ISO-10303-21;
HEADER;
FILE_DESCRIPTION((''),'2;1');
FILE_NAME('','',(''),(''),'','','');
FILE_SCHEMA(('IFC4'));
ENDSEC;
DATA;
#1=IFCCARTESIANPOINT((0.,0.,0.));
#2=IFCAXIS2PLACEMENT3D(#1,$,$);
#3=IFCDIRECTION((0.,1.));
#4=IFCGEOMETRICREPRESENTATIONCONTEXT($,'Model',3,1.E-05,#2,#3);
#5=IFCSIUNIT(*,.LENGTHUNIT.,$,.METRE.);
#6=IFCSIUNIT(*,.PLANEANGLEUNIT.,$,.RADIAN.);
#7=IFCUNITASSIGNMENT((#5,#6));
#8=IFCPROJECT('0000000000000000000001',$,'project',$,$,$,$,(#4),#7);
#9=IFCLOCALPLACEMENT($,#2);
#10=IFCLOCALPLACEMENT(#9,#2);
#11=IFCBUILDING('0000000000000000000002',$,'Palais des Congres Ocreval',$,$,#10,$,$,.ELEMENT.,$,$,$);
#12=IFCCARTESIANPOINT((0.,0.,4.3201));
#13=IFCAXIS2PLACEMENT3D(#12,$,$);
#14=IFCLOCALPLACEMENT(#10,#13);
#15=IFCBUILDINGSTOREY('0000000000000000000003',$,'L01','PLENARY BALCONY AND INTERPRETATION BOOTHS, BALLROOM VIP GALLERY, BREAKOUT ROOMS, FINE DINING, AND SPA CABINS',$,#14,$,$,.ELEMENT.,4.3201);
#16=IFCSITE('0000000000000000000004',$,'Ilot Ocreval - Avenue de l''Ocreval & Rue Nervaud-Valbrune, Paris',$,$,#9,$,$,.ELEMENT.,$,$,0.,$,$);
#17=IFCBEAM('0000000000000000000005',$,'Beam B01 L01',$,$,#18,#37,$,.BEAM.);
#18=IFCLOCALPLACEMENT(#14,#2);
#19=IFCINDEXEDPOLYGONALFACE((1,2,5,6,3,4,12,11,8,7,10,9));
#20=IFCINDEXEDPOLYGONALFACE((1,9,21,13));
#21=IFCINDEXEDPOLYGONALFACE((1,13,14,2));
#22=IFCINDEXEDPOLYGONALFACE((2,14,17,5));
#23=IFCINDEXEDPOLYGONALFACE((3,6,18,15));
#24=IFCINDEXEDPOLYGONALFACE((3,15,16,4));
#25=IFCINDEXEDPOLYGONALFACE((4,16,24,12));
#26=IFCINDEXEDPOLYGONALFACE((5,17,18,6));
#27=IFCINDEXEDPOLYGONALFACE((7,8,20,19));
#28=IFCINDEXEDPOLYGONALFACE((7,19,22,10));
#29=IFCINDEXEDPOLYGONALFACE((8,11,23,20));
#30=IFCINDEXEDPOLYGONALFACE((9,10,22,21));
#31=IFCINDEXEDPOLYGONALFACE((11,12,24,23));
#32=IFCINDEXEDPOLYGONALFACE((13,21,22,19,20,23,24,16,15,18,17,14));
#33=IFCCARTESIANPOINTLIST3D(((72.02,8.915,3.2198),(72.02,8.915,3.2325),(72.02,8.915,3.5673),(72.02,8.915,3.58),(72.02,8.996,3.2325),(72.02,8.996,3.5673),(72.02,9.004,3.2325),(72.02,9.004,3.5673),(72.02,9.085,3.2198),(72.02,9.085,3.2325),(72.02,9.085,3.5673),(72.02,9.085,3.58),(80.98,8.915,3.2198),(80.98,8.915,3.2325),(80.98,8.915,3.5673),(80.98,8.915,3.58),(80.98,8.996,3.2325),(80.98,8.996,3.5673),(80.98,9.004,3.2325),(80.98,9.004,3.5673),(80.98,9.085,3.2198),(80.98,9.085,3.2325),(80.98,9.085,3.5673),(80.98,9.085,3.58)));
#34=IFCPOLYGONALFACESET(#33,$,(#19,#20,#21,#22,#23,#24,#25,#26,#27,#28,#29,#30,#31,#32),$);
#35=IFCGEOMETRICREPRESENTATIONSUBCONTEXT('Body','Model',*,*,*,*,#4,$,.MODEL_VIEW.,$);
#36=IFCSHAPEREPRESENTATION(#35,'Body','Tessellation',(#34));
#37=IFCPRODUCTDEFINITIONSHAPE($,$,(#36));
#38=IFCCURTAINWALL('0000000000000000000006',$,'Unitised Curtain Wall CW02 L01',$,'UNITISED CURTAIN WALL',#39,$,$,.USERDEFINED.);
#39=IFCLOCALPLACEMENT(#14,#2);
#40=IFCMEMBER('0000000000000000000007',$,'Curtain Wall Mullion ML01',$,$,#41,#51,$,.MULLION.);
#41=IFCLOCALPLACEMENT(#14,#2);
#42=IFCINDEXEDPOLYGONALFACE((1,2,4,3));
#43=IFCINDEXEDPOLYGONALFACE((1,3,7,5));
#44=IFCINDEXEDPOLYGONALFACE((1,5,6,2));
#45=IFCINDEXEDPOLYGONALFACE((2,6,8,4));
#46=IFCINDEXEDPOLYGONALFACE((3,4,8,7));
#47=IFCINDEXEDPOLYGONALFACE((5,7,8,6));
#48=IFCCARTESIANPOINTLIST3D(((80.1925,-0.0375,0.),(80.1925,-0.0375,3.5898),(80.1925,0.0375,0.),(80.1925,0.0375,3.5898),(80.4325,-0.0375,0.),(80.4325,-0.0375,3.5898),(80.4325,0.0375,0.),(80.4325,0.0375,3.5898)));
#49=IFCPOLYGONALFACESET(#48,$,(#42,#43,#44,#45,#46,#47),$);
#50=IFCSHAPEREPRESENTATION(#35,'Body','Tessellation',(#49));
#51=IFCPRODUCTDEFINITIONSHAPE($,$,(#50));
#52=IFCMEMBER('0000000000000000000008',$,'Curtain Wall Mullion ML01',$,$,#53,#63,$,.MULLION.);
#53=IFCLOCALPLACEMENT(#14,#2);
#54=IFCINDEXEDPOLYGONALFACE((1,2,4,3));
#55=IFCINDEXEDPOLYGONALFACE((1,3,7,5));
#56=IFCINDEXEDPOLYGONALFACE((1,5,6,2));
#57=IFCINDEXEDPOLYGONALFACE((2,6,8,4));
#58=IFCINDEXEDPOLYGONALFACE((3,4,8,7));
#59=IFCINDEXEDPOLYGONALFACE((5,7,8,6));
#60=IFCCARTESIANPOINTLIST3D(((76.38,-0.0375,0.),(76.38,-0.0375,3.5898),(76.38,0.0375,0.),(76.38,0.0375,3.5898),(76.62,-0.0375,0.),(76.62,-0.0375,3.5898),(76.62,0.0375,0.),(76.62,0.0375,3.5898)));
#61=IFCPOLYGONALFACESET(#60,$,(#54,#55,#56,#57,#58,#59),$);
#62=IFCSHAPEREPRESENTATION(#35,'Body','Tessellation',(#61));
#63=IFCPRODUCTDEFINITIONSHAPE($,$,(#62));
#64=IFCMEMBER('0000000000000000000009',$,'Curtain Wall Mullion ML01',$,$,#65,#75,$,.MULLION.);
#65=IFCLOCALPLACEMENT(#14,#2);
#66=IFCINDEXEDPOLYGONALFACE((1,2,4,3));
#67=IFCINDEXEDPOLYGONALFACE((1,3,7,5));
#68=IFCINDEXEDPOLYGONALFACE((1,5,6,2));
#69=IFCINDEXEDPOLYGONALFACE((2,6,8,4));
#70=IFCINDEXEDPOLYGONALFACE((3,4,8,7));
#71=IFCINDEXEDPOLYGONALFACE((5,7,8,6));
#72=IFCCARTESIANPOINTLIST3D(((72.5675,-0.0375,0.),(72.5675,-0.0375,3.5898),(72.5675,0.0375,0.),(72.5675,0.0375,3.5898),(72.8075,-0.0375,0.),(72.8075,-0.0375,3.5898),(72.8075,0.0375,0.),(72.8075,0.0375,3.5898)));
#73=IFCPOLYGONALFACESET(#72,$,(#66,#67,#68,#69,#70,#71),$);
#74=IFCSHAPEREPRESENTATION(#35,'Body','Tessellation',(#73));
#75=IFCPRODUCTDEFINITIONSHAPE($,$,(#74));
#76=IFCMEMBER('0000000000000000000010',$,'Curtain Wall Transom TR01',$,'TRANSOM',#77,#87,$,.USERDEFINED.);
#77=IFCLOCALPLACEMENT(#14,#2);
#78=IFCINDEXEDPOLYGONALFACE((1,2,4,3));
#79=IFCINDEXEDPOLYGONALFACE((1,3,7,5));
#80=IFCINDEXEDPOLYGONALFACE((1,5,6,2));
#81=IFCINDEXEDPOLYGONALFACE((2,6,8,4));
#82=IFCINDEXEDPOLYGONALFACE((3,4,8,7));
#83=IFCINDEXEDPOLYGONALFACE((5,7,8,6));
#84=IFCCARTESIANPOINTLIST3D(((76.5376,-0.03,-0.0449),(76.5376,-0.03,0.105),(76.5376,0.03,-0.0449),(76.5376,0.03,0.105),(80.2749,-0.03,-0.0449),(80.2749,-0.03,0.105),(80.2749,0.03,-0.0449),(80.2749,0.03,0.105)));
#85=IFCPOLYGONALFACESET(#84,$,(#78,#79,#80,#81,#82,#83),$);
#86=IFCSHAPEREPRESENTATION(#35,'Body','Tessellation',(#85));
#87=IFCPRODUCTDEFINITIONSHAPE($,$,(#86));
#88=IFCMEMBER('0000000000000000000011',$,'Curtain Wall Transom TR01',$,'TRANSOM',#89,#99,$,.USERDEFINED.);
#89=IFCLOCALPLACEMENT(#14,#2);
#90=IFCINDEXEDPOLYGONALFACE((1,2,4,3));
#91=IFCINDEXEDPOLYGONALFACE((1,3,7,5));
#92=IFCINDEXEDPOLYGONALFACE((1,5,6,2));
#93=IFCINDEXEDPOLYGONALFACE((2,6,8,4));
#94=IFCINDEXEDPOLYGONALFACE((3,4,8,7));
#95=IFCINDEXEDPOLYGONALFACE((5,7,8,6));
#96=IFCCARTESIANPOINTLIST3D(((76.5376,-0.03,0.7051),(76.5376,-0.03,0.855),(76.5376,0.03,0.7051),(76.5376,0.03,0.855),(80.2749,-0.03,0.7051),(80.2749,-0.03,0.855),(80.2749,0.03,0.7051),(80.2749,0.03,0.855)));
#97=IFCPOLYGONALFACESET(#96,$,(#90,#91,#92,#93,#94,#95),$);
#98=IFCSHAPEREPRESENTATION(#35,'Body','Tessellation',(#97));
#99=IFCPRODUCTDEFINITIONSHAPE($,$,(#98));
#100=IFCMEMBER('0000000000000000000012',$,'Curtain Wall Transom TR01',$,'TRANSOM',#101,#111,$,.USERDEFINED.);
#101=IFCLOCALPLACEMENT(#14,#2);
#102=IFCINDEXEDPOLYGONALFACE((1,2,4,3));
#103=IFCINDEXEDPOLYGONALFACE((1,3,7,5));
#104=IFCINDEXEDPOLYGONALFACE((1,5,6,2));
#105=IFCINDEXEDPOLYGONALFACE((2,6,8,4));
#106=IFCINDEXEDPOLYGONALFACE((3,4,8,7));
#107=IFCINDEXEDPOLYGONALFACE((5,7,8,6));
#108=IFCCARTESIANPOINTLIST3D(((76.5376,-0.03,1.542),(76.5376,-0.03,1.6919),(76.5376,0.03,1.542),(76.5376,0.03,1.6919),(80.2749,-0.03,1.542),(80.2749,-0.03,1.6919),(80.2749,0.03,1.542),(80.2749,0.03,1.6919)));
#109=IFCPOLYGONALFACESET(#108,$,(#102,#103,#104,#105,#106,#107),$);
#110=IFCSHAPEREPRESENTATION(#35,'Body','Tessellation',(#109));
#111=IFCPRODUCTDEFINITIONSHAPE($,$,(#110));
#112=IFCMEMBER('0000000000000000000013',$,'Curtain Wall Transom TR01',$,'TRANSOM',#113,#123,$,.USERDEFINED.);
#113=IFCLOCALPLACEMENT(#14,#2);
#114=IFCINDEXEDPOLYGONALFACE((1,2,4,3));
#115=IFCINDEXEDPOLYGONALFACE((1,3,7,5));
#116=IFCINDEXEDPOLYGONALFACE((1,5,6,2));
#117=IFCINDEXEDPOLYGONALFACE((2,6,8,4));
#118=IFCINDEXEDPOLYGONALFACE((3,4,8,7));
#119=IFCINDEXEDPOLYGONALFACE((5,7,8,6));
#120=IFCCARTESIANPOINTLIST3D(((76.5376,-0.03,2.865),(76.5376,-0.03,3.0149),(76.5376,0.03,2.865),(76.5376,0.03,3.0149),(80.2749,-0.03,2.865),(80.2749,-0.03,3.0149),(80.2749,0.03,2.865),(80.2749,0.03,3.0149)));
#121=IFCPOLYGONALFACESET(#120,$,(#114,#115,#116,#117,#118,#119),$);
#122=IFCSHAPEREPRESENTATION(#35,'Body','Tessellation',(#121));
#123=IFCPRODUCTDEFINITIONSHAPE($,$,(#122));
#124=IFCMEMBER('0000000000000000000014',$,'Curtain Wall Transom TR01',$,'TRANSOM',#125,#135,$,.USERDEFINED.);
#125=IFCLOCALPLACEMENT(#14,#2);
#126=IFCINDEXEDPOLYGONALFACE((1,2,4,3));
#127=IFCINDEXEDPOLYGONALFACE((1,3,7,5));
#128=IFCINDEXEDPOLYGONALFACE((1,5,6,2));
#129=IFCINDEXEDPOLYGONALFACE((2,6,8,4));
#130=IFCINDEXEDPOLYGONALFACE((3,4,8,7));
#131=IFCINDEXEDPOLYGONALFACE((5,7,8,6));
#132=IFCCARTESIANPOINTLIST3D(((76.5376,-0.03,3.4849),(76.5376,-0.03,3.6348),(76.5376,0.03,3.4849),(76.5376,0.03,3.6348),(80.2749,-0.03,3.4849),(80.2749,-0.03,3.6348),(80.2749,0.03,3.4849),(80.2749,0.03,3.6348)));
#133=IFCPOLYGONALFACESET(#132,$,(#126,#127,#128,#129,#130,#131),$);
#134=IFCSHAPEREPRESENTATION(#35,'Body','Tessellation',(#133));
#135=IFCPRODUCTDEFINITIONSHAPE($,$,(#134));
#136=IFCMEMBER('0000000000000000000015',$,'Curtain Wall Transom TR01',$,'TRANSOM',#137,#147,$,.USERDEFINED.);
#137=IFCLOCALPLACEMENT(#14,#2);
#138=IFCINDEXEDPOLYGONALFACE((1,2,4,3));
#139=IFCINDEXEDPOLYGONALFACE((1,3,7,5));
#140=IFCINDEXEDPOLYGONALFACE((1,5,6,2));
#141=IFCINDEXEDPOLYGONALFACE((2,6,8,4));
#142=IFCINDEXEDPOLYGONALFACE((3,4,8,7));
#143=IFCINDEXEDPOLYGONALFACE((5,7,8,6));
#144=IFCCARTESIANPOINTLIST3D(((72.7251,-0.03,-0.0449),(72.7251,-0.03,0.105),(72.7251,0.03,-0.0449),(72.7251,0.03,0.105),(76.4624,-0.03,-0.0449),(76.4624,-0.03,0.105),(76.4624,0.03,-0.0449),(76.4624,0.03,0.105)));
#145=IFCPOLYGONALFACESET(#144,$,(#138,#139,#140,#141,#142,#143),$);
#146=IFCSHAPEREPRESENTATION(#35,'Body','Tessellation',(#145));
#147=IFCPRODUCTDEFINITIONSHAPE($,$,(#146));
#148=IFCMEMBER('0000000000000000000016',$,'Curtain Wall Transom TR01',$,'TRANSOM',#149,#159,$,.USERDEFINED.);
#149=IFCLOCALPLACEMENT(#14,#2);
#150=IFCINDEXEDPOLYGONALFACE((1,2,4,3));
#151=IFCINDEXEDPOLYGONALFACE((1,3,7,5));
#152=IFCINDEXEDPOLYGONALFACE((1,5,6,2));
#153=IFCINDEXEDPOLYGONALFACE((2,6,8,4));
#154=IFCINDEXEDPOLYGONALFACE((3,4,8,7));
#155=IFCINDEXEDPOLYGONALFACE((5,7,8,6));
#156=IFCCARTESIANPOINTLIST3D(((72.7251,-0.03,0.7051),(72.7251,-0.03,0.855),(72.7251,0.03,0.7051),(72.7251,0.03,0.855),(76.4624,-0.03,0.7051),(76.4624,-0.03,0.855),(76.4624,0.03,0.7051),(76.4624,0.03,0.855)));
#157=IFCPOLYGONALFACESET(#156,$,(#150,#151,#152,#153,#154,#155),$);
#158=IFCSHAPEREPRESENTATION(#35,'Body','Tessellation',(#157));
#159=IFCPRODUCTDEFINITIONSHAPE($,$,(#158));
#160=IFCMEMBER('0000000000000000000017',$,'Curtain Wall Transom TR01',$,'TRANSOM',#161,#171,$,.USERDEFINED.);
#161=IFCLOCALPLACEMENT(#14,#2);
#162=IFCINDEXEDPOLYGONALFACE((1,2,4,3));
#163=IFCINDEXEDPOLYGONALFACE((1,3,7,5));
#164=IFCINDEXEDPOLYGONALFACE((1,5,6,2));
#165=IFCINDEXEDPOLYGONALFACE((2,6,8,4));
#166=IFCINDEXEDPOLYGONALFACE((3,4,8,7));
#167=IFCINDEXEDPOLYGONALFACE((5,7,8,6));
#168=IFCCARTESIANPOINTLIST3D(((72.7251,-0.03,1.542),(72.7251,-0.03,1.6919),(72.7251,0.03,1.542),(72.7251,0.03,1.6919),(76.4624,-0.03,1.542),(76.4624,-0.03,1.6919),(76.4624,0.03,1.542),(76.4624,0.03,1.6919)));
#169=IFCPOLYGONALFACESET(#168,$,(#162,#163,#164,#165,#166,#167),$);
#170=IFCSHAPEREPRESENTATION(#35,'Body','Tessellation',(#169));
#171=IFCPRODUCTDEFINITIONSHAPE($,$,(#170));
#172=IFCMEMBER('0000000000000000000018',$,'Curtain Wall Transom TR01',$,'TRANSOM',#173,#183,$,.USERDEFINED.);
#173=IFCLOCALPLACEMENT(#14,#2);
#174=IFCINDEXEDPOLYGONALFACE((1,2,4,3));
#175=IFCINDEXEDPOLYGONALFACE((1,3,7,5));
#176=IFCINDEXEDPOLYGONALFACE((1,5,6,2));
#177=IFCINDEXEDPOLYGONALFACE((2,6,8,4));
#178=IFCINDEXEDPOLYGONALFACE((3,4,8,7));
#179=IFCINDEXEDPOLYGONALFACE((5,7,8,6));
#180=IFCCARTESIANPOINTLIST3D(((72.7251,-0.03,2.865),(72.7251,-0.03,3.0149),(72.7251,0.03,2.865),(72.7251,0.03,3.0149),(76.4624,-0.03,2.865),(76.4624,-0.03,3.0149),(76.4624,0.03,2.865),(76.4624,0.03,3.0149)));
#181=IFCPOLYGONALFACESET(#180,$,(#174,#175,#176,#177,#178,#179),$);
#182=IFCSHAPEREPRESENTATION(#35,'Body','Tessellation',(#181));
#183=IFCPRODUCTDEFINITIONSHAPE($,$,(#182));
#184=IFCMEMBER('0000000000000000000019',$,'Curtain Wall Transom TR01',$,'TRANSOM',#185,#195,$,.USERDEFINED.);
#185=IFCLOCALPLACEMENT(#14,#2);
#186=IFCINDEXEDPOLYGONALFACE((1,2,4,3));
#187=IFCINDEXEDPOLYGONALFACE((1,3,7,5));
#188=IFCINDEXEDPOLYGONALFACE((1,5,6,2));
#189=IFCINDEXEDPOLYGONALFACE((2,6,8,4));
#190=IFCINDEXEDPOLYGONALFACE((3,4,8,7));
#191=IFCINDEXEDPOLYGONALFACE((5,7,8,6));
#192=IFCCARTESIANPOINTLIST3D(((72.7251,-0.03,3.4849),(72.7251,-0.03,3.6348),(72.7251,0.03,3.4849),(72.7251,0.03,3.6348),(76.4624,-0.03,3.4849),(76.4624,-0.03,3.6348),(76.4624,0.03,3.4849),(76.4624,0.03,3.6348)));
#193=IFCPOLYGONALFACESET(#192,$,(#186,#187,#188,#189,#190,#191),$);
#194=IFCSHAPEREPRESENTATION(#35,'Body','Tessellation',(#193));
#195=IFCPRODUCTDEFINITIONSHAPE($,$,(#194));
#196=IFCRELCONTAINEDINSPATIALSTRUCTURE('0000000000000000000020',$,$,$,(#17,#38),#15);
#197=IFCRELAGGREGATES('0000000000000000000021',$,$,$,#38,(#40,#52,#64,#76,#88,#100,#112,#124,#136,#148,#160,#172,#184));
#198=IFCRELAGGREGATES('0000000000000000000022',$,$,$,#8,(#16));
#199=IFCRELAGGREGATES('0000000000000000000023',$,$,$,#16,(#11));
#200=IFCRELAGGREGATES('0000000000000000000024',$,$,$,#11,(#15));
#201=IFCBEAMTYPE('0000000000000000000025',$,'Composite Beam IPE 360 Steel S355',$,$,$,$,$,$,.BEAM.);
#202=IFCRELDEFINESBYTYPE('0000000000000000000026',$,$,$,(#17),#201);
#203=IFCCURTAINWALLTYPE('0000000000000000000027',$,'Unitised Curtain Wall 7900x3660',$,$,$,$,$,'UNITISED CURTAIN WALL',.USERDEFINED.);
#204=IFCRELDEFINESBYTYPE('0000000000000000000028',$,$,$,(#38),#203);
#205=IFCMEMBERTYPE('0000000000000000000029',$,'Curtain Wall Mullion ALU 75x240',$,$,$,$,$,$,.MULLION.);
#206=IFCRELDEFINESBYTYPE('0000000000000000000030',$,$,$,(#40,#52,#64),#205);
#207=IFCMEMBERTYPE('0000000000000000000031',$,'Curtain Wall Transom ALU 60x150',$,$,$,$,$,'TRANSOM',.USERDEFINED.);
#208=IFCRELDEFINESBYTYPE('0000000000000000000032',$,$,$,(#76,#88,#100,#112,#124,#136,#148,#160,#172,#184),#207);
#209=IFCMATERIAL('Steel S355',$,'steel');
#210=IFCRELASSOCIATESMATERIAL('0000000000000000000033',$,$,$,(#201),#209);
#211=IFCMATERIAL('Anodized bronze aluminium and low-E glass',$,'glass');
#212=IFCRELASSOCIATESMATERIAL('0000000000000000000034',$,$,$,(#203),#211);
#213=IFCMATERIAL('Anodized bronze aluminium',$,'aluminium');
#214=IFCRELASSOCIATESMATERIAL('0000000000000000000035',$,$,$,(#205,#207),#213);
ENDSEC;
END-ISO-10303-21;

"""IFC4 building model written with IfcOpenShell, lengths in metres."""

from ifc_helpers import new_model, si_unit, direction, frame, origin, origin_2d, place, context, subcontext, project, spatial, rectangle, i_section, extrude, material, material_profile, profile_set, type_object, element, aggregate, save


model = new_model("IFC4")

# Units and contexts
model_context = context("Model", 3, precision=1e-05, world=origin(), true_north=direction((0.0, 1.0)))
body_context = subcontext(model_context, "Body", "Model", "MODEL_VIEW")
ifc_project = project(units=[si_unit("LENGTHUNIT", "METRE"), si_unit("PLANEANGLEUNIT", "RADIAN")], contexts=[model_context])

# Site, building, storey
site_placement = place(None, origin())
site = spatial("IfcSite", under=ifc_project, at=site_placement, Name="Ilot Ocreval - Avenue de l'Ocreval & Rue Nervaud-Valbrune, Paris", CompositionType="ELEMENT", RefElevation=0.0)
building_placement = place(site_placement, origin())
building = spatial("IfcBuilding", under=site, at=building_placement, Name="Palais des Congres Ocreval", CompositionType="ELEMENT")
storey_placement = place(building_placement, frame((0.0, 0.0, 4.3201)))
storey = spatial("IfcBuildingStorey", under=building, at=storey_placement, Name="L01", Description="PLENARY BALCONY AND INTERPRETATION BOOTHS, BALLROOM VIP GALLERY, BREAKOUT ROOMS, FINE DINING, AND SPA CABINS", CompositionType="ELEMENT", Elevation=4.3201)

# Beam
ifc_material_1 = material(Name="Steel S355", Category="steel")
ifc_material_profile_1 = material_profile(ifc_material_1, i_section(OverallWidth=0.1699, OverallDepth=0.3601, WebThickness=0.0081, FlangeThickness=0.0127, at=origin_2d()), Name="IPE 360")
ifc_profile_set_1 = profile_set([ifc_material_profile_1], Name="Steel S355")
beam_type = type_object("IfcBeamType", Name="Composite Beam IPE 360 Steel S355", PredefinedType="BEAM", material=ifc_profile_set_1)
beam_placement = place(storey_placement, frame((72.02, 9.0, 3.3999), z_axis=(1.0, 0.0, 0.0), x_axis=(0.0, 1.0, 0.0)))
element("IfcBeam", 1, at=beam_placement, inside=storey, type_object=beam_type, Name="Beam B01 L01", PredefinedType="BEAM", context=body_context, shape_type="SweptSolid", body=[
    extrude(i_section(OverallWidth=0.1699, OverallDepth=0.3601, WebThickness=0.0081, FlangeThickness=0.0127, at=origin_2d()), origin(), (0.0, 0.0, 1.0), 8.96),
])

# Curtain wall, members
ifc_material_2 = material(Name="Anodized bronze aluminium and low-E glass", Category="glass")
curtain_wall_type = type_object("IfcCurtainWallType", Name="Unitised Curtain Wall 7900x3660", ElementType="UNITISED CURTAIN WALL", PredefinedType="USERDEFINED", material=ifc_material_2)
curtain_wall_placement = place(storey_placement, origin())
curtain_wall = element("IfcCurtainWall", 2, at=curtain_wall_placement, inside=storey, type_object=curtain_wall_type, Name="Unitised Curtain Wall CW02 L01", ObjectType="UNITISED CURTAIN WALL", PredefinedType="USERDEFINED")
ifc_material_3 = material(Name="Anodized bronze aluminium", Category="aluminium")
ifc_material_profile_2 = material_profile(ifc_material_3, rectangle(XDim=0.075, YDim=0.24, at=origin_2d()), Name="ALU 75x240")
ifc_profile_set_2 = profile_set([ifc_material_profile_2], Name="Anodized bronze aluminium")
member_type_1 = type_object("IfcMemberType", Name="Curtain Wall Mullion ALU 75x240", PredefinedType="MULLION", material=ifc_profile_set_2)
member_1_placement = place(storey_placement, frame((80.3125, 0.0, 0.0), z_axis=(0.0, 0.0, 1.0), x_axis=(0.0, -1.0, 0.0)))
member_1 = element("IfcMember", 3, at=member_1_placement, type_object=member_type_1, Name="Curtain Wall Mullion ML01", PredefinedType="MULLION", context=body_context, shape_type="SweptSolid", body=[
    extrude(rectangle(XDim=0.075, YDim=0.24, at=origin_2d()), origin(), (0.0, 0.0, 1.0), 3.5898),
])
member_2_placement = place(storey_placement, frame((76.5, 0.0, 0.0), z_axis=(0.0, 0.0, 1.0), x_axis=(0.0, -1.0, 0.0)))
member_2 = element("IfcMember", 4, at=member_2_placement, type_object=member_type_1, Name="Curtain Wall Mullion ML01", PredefinedType="MULLION", context=body_context, shape_type="SweptSolid", body=[
    extrude(rectangle(XDim=0.075, YDim=0.24, at=origin_2d()), origin(), (0.0, 0.0, 1.0), 3.5898),
])
member_3_placement = place(storey_placement, frame((72.6875, 0.0, 0.0), z_axis=(0.0, 0.0, 1.0), x_axis=(0.0, -1.0, 0.0)))
member_3 = element("IfcMember", 5, at=member_3_placement, type_object=member_type_1, Name="Curtain Wall Mullion ML01", PredefinedType="MULLION", context=body_context, shape_type="SweptSolid", body=[
    extrude(rectangle(XDim=0.075, YDim=0.24, at=origin_2d()), origin(), (0.0, 0.0, 1.0), 3.5898),
])
ifc_material_profile_3 = material_profile(ifc_material_3, rectangle(XDim=0.0601, YDim=0.1499, at=origin_2d()), Name="ALU 60x150")
ifc_profile_set_3 = profile_set([ifc_material_profile_3], Name="Anodized bronze aluminium")
member_type_2 = type_object("IfcMemberType", Name="Curtain Wall Transom ALU 60x150", ElementType="TRANSOM", PredefinedType="USERDEFINED", material=ifc_profile_set_3)
member_4_placement = place(storey_placement, frame((80.2749, 0.0, 0.03), z_axis=(-1.0, 0.0, 0.0), x_axis=(0.0, -1.0, 0.0)))
member_4 = element("IfcMember", 6, at=member_4_placement, type_object=member_type_2, Name="Curtain Wall Transom TR01", ObjectType="TRANSOM", PredefinedType="USERDEFINED", context=body_context, shape_type="SweptSolid", body=[
    extrude(rectangle(XDim=0.0601, YDim=0.1499, at=origin_2d()), origin(), (0.0, 0.0, 1.0), 3.7373),
])
member_5_placement = place(storey_placement, frame((80.2749, 0.0, 0.78), z_axis=(-1.0, 0.0, 0.0), x_axis=(0.0, -1.0, 0.0)))
member_5 = element("IfcMember", 7, at=member_5_placement, type_object=member_type_2, Name="Curtain Wall Transom TR01", ObjectType="TRANSOM", PredefinedType="USERDEFINED", context=body_context, shape_type="SweptSolid", body=[
    extrude(rectangle(XDim=0.0601, YDim=0.1499, at=origin_2d()), origin(), (0.0, 0.0, 1.0), 3.7373),
])
member_6_placement = place(storey_placement, frame((80.2749, 0.0, 1.6169), z_axis=(-1.0, 0.0, 0.0), x_axis=(0.0, -1.0, 0.0)))
member_6 = element("IfcMember", 8, at=member_6_placement, type_object=member_type_2, Name="Curtain Wall Transom TR01", ObjectType="TRANSOM", PredefinedType="USERDEFINED", context=body_context, shape_type="SweptSolid", body=[
    extrude(rectangle(XDim=0.0601, YDim=0.1499, at=origin_2d()), origin(), (0.0, 0.0, 1.0), 3.7373),
])
member_7_placement = place(storey_placement, frame((80.2749, 0.0, 2.9399), z_axis=(-1.0, 0.0, 0.0), x_axis=(0.0, -1.0, 0.0)))
member_7 = element("IfcMember", 9, at=member_7_placement, type_object=member_type_2, Name="Curtain Wall Transom TR01", ObjectType="TRANSOM", PredefinedType="USERDEFINED", context=body_context, shape_type="SweptSolid", body=[
    extrude(rectangle(XDim=0.0601, YDim=0.1499, at=origin_2d()), origin(), (0.0, 0.0, 1.0), 3.7373),
])
member_8_placement = place(storey_placement, frame((80.2749, 0.0, 3.5598), z_axis=(-1.0, 0.0, 0.0), x_axis=(0.0, -1.0, 0.0)))
member_8 = element("IfcMember", 10, at=member_8_placement, type_object=member_type_2, Name="Curtain Wall Transom TR01", ObjectType="TRANSOM", PredefinedType="USERDEFINED", context=body_context, shape_type="SweptSolid", body=[
    extrude(rectangle(XDim=0.0601, YDim=0.1499, at=origin_2d()), origin(), (0.0, 0.0, 1.0), 3.7373),
])
member_9_placement = place(storey_placement, frame((76.4624, 0.0, 0.03), z_axis=(-1.0, 0.0, 0.0), x_axis=(0.0, -1.0, 0.0)))
member_9 = element("IfcMember", 11, at=member_9_placement, type_object=member_type_2, Name="Curtain Wall Transom TR01", ObjectType="TRANSOM", PredefinedType="USERDEFINED", context=body_context, shape_type="SweptSolid", body=[
    extrude(rectangle(XDim=0.0601, YDim=0.1499, at=origin_2d()), origin(), (0.0, 0.0, 1.0), 3.7373),
])
member_10_placement = place(storey_placement, frame((76.4624, 0.0, 0.78), z_axis=(-1.0, 0.0, 0.0), x_axis=(0.0, -1.0, 0.0)))
member_10 = element("IfcMember", 12, at=member_10_placement, type_object=member_type_2, Name="Curtain Wall Transom TR01", ObjectType="TRANSOM", PredefinedType="USERDEFINED", context=body_context, shape_type="SweptSolid", body=[
    extrude(rectangle(XDim=0.0601, YDim=0.1499, at=origin_2d()), origin(), (0.0, 0.0, 1.0), 3.7373),
])
member_11_placement = place(storey_placement, frame((76.4624, 0.0, 1.6169), z_axis=(-1.0, 0.0, 0.0), x_axis=(0.0, -1.0, 0.0)))
member_11 = element("IfcMember", 13, at=member_11_placement, type_object=member_type_2, Name="Curtain Wall Transom TR01", ObjectType="TRANSOM", PredefinedType="USERDEFINED", context=body_context, shape_type="SweptSolid", body=[
    extrude(rectangle(XDim=0.0601, YDim=0.1499, at=origin_2d()), origin(), (0.0, 0.0, 1.0), 3.7373),
])
member_12_placement = place(storey_placement, frame((76.4624, 0.0, 2.9399), z_axis=(-1.0, 0.0, 0.0), x_axis=(0.0, -1.0, 0.0)))
member_12 = element("IfcMember", 14, at=member_12_placement, type_object=member_type_2, Name="Curtain Wall Transom TR01", ObjectType="TRANSOM", PredefinedType="USERDEFINED", context=body_context, shape_type="SweptSolid", body=[
    extrude(rectangle(XDim=0.0601, YDim=0.1499, at=origin_2d()), origin(), (0.0, 0.0, 1.0), 3.7373),
])
member_13_placement = place(storey_placement, frame((76.4624, 0.0, 3.5598), z_axis=(-1.0, 0.0, 0.0), x_axis=(0.0, -1.0, 0.0)))
member_13 = element("IfcMember", 15, at=member_13_placement, type_object=member_type_2, Name="Curtain Wall Transom TR01", ObjectType="TRANSOM", PredefinedType="USERDEFINED", context=body_context, shape_type="SweptSolid", body=[
    extrude(rectangle(XDim=0.0601, YDim=0.1499, at=origin_2d()), origin(), (0.0, 0.0, 1.0), 3.7373),
])
aggregate(curtain_wall, [member_1, member_2, member_3, member_4, member_5, member_6, member_7, member_8, member_9, member_10, member_11, member_12, member_13])

save(model, "model.ifc")
